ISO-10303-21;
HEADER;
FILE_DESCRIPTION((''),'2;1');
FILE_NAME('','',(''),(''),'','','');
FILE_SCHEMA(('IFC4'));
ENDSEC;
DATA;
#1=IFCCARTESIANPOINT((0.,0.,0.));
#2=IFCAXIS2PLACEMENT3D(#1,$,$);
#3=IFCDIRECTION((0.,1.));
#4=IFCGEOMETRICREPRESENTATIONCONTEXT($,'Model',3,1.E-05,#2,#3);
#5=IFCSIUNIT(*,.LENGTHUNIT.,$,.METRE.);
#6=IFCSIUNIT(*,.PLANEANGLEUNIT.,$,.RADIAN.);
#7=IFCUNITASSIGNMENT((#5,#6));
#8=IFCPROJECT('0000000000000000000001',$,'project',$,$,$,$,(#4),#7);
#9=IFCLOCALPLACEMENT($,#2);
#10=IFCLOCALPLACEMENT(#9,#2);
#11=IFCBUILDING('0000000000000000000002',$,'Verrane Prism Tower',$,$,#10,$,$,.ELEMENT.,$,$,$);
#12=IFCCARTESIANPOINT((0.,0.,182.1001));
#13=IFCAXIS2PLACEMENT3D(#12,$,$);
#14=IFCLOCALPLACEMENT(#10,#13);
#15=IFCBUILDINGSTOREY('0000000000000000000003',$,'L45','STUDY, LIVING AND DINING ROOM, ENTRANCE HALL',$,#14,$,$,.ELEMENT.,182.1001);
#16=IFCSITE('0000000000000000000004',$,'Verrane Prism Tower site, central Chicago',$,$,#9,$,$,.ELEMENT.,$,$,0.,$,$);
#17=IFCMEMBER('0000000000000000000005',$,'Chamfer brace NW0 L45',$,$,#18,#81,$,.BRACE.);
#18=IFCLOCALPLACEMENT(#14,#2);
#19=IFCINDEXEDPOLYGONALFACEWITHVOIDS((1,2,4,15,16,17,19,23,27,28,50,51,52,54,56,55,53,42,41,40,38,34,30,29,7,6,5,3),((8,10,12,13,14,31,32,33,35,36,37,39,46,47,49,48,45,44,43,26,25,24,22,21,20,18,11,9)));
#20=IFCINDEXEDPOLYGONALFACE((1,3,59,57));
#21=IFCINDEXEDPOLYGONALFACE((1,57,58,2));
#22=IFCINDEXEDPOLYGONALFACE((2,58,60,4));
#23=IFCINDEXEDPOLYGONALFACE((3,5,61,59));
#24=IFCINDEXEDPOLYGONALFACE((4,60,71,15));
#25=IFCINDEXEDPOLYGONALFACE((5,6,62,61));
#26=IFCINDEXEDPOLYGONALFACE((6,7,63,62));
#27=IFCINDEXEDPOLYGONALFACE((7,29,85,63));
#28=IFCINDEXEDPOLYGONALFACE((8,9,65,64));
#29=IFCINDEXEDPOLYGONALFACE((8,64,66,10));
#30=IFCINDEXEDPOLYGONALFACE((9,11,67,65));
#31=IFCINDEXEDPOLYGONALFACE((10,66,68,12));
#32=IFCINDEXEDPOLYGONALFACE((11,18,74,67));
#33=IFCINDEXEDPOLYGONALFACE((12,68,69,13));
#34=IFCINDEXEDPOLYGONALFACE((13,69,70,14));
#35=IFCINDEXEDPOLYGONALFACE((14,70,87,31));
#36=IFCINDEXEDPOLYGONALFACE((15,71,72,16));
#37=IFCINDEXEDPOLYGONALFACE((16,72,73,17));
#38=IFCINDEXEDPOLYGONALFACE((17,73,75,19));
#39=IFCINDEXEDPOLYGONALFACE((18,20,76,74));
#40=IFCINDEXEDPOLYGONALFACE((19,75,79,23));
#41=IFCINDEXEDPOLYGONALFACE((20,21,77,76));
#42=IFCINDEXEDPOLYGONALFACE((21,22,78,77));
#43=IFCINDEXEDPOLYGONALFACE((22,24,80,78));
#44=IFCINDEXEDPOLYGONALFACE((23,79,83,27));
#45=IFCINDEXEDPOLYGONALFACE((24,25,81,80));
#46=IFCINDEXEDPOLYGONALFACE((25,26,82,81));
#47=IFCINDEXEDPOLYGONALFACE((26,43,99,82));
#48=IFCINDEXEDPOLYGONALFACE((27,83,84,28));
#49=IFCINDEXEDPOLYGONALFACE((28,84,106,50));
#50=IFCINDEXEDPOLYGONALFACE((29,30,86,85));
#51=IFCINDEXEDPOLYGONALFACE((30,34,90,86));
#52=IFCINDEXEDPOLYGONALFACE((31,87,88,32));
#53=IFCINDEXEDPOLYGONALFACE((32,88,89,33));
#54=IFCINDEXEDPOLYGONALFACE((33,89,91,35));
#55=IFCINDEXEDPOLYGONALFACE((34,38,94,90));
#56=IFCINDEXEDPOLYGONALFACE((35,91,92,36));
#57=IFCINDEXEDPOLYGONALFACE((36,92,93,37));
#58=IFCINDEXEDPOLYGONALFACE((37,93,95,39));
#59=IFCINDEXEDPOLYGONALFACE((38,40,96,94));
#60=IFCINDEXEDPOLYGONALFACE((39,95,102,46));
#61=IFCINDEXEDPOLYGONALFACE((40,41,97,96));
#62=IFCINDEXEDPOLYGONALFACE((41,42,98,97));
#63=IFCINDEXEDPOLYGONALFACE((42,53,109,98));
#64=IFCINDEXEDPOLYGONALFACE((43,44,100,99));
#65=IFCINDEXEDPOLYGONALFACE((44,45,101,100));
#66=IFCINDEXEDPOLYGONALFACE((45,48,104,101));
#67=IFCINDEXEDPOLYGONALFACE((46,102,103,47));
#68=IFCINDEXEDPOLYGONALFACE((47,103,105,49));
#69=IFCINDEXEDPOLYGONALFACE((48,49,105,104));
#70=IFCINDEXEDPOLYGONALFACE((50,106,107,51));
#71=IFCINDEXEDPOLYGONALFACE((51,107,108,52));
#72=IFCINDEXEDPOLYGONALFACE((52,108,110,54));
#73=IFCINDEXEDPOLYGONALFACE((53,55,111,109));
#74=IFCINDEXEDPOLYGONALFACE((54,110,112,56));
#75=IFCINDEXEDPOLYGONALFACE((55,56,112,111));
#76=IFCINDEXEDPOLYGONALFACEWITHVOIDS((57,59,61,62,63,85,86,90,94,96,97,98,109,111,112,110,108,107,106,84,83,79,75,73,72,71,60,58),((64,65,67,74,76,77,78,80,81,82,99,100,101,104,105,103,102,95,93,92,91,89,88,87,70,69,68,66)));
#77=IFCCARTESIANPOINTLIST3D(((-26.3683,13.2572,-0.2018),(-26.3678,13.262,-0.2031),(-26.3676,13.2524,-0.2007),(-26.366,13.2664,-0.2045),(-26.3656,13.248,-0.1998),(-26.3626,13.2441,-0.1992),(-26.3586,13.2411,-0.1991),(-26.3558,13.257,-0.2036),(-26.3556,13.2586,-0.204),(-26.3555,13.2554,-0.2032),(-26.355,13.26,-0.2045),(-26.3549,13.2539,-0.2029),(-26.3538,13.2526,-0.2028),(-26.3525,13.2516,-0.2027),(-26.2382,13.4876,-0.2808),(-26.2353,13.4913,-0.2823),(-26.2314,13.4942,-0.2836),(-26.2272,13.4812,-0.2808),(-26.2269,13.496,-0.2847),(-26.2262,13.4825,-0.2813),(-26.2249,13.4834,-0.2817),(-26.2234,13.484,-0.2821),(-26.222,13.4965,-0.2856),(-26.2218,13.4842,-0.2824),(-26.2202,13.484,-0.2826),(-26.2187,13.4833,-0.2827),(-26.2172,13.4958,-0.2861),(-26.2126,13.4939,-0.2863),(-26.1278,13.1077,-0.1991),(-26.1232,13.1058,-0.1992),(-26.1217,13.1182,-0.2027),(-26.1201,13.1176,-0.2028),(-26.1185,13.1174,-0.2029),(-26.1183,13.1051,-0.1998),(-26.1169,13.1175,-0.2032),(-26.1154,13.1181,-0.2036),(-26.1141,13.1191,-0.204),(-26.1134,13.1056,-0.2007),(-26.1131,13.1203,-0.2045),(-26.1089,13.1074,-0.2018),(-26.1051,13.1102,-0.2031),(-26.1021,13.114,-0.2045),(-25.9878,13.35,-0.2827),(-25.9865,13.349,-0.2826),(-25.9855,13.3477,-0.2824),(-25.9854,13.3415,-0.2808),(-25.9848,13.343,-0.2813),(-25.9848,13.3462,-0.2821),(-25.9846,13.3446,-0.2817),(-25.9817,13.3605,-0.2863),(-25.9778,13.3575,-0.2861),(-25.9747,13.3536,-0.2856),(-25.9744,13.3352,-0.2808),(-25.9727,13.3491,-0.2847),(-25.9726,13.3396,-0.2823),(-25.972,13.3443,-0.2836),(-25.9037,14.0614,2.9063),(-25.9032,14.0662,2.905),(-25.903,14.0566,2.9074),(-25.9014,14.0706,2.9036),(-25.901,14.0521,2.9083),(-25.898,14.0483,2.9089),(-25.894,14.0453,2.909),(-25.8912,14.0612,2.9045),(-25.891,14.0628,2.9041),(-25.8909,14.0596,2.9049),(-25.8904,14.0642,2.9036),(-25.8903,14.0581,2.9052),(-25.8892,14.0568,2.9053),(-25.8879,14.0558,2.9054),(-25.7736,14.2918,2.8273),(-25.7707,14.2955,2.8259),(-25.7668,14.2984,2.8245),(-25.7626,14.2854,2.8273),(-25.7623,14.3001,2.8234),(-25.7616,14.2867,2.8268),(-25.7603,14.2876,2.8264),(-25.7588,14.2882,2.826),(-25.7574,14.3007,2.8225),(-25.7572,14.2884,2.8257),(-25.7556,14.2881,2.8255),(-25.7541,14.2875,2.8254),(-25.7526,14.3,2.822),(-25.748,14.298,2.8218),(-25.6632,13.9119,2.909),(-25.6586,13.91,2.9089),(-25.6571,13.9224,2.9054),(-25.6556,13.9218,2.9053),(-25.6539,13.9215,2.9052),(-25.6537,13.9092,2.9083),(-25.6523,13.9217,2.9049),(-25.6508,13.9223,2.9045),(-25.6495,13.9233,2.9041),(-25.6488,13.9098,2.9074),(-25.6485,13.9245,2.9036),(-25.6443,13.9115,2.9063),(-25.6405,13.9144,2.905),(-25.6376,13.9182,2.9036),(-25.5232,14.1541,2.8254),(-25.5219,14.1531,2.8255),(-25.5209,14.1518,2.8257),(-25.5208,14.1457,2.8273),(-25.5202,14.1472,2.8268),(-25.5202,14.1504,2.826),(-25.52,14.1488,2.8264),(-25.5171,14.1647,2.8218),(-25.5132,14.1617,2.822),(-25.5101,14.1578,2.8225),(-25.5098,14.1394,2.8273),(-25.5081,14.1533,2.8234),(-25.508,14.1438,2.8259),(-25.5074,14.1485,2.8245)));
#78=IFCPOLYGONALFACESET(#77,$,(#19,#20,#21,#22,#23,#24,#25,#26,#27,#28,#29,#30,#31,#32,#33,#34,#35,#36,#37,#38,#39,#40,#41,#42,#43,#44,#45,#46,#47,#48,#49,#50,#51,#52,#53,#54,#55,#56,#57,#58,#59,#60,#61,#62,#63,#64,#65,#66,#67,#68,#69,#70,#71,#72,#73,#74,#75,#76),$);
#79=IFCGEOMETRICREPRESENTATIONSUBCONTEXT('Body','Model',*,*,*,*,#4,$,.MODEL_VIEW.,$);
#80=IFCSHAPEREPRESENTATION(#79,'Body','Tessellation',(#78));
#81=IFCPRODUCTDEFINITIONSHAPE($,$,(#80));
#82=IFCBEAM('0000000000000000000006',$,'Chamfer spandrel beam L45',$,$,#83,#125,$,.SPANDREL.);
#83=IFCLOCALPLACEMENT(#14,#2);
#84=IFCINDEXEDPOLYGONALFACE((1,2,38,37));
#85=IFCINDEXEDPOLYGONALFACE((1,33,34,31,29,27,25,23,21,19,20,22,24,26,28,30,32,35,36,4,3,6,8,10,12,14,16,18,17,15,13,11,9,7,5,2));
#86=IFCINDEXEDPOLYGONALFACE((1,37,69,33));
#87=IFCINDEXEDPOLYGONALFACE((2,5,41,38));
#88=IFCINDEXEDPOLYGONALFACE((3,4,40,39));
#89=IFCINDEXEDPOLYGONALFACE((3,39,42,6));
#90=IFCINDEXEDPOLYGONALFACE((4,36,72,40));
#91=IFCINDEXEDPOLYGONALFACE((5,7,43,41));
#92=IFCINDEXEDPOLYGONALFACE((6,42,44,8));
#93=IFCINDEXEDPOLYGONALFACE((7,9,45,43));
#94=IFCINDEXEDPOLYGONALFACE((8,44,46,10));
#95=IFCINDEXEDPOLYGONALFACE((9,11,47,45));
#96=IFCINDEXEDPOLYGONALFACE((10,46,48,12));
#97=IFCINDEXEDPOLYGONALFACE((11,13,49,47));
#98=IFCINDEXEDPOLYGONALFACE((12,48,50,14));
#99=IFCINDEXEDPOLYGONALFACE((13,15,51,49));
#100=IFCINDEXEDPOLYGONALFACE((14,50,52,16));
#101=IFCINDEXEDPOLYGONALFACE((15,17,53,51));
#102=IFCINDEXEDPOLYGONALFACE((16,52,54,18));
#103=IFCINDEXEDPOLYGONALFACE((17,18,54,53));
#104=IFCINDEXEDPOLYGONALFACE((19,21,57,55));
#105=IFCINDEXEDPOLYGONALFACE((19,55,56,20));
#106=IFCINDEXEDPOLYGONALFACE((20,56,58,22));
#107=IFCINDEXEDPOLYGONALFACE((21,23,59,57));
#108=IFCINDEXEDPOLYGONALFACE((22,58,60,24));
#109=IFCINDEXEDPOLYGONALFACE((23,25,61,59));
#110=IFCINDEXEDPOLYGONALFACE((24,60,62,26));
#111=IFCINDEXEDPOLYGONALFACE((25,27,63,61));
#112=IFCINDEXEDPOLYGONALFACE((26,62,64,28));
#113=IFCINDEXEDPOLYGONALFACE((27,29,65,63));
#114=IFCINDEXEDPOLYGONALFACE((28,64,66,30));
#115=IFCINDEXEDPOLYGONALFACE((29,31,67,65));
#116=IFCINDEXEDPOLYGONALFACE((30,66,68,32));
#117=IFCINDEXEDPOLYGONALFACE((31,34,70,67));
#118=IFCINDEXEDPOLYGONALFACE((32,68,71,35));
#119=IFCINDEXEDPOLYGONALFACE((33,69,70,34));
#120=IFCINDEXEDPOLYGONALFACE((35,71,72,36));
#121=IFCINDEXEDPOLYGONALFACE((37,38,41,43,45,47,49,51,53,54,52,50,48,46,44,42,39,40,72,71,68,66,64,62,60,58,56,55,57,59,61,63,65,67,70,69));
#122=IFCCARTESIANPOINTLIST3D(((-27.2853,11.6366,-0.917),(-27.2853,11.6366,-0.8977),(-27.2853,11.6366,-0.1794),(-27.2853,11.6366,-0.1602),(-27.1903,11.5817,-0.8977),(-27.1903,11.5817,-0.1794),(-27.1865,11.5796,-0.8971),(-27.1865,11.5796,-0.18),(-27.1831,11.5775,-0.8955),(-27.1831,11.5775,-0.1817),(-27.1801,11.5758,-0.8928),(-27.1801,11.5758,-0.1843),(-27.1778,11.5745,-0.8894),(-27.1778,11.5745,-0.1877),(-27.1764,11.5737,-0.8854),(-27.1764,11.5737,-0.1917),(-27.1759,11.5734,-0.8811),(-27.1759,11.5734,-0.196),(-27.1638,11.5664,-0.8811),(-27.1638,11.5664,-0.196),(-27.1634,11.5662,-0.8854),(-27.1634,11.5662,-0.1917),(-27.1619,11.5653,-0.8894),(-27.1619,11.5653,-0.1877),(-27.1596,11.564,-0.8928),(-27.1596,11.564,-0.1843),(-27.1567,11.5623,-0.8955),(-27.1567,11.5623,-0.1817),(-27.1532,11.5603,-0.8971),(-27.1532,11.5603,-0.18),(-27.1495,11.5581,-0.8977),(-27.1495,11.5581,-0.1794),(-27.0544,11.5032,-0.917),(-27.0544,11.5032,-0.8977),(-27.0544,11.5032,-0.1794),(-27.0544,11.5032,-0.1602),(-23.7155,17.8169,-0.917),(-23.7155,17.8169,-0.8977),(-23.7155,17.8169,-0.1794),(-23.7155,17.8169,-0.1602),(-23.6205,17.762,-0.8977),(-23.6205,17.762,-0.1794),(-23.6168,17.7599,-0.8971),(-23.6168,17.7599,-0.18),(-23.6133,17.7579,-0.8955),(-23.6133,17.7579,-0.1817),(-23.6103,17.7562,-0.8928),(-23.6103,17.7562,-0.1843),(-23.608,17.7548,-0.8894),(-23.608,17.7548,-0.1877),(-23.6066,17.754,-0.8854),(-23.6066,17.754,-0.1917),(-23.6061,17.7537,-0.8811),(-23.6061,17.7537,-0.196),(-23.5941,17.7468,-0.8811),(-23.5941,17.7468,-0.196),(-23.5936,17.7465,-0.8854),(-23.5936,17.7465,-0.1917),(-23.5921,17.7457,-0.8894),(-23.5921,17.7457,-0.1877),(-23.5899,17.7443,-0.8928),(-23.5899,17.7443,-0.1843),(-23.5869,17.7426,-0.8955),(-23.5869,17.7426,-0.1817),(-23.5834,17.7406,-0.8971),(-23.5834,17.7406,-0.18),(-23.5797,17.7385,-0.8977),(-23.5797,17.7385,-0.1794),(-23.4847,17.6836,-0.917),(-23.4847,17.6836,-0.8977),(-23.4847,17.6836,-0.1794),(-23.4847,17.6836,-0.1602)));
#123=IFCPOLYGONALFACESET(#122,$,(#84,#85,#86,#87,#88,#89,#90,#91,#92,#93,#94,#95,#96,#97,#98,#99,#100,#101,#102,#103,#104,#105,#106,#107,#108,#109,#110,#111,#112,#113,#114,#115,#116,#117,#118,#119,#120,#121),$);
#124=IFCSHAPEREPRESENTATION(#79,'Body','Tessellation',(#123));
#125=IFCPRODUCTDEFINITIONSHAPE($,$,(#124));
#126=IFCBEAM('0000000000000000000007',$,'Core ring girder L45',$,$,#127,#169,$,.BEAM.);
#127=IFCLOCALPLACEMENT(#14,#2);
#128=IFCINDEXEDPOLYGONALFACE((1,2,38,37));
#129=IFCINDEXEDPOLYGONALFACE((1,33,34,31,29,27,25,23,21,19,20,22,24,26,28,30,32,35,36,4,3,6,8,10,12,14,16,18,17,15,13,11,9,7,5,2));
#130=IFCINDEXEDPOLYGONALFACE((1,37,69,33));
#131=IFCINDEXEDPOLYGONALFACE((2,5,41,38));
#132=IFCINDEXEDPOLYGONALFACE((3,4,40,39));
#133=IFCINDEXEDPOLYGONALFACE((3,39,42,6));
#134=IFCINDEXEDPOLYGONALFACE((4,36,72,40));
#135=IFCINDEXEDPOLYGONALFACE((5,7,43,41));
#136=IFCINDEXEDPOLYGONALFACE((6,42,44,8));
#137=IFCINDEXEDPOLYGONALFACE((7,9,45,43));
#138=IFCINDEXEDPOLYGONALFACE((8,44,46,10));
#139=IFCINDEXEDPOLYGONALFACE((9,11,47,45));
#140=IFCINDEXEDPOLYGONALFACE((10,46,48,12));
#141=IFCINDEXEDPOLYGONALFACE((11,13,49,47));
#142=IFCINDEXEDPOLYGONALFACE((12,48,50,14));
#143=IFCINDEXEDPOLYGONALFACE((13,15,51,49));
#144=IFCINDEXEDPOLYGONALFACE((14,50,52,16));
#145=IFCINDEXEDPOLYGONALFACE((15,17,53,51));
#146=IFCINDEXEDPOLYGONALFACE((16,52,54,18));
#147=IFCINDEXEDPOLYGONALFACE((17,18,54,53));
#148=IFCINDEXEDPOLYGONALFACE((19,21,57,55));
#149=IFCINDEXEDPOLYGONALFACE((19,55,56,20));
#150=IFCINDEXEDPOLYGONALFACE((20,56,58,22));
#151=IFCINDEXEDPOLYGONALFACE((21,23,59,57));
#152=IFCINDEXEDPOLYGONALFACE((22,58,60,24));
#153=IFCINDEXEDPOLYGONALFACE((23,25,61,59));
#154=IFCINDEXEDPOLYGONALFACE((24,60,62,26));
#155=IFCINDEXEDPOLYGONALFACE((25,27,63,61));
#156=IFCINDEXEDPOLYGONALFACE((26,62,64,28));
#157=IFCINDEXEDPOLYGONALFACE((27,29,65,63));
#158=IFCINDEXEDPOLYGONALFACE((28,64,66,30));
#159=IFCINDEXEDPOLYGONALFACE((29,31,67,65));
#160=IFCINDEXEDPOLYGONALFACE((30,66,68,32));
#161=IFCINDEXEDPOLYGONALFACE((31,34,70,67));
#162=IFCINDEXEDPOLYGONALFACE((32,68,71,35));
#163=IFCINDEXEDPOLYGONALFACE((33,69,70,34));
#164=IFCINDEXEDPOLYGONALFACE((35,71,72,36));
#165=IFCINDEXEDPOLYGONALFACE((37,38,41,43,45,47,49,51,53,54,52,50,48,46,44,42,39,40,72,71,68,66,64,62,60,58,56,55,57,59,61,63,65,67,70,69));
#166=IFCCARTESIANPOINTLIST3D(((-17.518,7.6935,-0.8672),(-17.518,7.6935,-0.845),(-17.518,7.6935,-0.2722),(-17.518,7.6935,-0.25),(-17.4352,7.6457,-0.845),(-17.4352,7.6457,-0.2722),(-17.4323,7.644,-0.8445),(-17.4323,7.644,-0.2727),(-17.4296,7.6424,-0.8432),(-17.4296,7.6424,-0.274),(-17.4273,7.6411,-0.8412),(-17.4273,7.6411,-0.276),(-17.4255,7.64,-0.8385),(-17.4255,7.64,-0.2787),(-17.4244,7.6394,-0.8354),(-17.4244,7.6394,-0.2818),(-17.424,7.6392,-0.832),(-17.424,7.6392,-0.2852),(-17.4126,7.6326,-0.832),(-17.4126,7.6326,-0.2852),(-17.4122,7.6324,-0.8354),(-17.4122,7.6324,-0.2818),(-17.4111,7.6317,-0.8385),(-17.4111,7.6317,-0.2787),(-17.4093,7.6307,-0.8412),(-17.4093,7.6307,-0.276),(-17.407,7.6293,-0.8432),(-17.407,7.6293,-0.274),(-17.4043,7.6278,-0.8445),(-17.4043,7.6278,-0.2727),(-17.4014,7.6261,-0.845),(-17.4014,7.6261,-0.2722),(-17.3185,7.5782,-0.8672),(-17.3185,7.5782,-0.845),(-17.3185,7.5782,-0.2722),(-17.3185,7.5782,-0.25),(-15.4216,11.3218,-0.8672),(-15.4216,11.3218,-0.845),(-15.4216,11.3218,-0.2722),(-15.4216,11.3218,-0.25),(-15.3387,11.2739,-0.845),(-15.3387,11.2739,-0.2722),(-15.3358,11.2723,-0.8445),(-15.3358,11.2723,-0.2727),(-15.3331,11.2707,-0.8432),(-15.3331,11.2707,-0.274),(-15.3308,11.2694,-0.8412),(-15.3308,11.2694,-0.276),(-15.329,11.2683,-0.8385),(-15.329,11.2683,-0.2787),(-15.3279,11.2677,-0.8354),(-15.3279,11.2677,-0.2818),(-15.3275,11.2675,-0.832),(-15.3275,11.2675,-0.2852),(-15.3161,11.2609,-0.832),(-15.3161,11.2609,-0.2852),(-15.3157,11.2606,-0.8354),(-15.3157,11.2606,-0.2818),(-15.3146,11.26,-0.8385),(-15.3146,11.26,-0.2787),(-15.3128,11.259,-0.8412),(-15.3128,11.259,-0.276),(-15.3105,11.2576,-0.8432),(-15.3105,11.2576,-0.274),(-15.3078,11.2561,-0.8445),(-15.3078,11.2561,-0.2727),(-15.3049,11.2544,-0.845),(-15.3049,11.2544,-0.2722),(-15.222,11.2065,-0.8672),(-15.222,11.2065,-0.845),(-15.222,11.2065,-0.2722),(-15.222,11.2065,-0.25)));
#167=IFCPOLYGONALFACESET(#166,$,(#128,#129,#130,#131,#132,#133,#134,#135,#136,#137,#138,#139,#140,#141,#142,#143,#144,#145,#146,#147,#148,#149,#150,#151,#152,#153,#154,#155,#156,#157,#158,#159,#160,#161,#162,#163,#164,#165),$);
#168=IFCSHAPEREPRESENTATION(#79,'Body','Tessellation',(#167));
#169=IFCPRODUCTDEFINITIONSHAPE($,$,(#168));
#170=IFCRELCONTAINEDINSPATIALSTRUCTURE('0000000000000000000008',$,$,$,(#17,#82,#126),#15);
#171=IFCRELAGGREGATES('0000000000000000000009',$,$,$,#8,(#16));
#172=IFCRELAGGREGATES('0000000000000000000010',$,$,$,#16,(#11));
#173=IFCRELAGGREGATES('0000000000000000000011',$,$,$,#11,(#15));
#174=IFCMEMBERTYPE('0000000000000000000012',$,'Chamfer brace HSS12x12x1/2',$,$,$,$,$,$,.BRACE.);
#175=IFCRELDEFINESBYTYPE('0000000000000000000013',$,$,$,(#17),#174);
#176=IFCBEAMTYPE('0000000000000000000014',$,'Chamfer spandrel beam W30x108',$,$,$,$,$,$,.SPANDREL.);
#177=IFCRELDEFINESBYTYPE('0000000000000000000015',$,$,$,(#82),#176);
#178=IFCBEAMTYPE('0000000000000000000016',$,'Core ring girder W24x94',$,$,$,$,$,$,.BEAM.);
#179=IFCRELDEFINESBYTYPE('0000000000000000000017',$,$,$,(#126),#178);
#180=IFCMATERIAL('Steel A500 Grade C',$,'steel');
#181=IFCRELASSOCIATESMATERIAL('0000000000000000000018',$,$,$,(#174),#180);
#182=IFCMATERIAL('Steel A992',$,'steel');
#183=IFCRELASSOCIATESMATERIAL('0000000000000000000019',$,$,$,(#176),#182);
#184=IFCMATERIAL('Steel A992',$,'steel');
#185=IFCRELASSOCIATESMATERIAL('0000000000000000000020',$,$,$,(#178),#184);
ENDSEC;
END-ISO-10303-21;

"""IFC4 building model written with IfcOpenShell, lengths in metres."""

from ifc_helpers import new_model, si_unit, direction, frame, origin, origin_2d, place, context, subcontext, project, spatial, hollow_rectangle, i_section, extrude, material, material_profile, profile_set, type_object, element, save


model = new_model("IFC4")

# Units and contexts
model_context = context("Model", 3, precision=1e-05, world=origin(), true_north=direction((0.0, 1.0)))
body_context = subcontext(model_context, "Body", "Model", "MODEL_VIEW")
ifc_project = project(units=[si_unit("LENGTHUNIT", "METRE"), si_unit("PLANEANGLEUNIT", "RADIAN")], contexts=[model_context])

# Site, building, storey
site_placement = place(None, origin())
site = spatial("IfcSite", under=ifc_project, at=site_placement, Name="Verrane Prism Tower site, central Chicago", CompositionType="ELEMENT", RefElevation=0.0)
building_placement = place(site_placement, origin())
building = spatial("IfcBuilding", under=site, at=building_placement, Name="Verrane Prism Tower", CompositionType="ELEMENT")
storey_placement = place(building_placement, frame((0.0, 0.0, 182.1001)))
storey = spatial("IfcBuildingStorey", under=building, at=storey_placement, Name="L45", Description="STUDY, LIVING AND DINING ROOM, ENTRANCE HALL", CompositionType="ELEMENT", Elevation=182.1001)

# Member
ifc_material_1 = material(Name="Steel A500 Grade C", Category="steel")
ifc_material_profile_1 = material_profile(ifc_material_1, hollow_rectangle(XDim=0.3047, YDim=0.3047, WallThickness=0.0127, InnerFilletRadius=0.0063, OuterFilletRadius=0.019, at=origin_2d()), Name="HSS12x12x1/2")
ifc_profile_set_1 = profile_set([ifc_material_profile_1], Name="Steel A500 Grade C")
member_type_1 = type_object("IfcMemberType", Name="Chamfer brace HSS12x12x1/2", PredefinedType="BRACE", material=ifc_profile_set_1)
member_1_placement = place(storey_placement, frame((-26.1702, 13.3008, -0.2427), z_axis=(0.14322, 0.247907, 0.958139), x_axis=(-0.865888, 0.500238, 0.0)))
element("IfcMember", 1, at=member_1_placement, inside=storey, type_object=member_type_1, Name="Chamfer brace NW0 L45", PredefinedType="BRACE", context=body_context, shape_type="SweptSolid", body=[
    extrude(hollow_rectangle(XDim=0.3047, YDim=0.3047, WallThickness=0.0127, InnerFilletRadius=0.0063, OuterFilletRadius=0.019, at=origin_2d()), origin(), (0.0, 0.0, 1.0), 3.2439),
])

# Beams
ifc_material_2 = material(Name="Steel A992", Category="steel")
ifc_material_profile_2 = material_profile(ifc_material_2, i_section(OverallWidth=0.2666, OverallDepth=0.7568, WebThickness=0.0139, FlangeThickness=0.0193, FilletRadius=0.0166, at=origin_2d()), Name="W30x108")
ifc_profile_set_2 = profile_set([ifc_material_profile_2], Name="Steel A992")
beam_type_1 = type_object("IfcBeamType", Name="Chamfer spandrel beam W30x108", PredefinedType="SPANDREL", material=ifc_profile_set_2)
beam_1_placement = place(storey_placement, frame((-23.6001, 17.7502, -0.5386), z_axis=(-0.500164, -0.865931, 0.0), x_axis=(0.865931, -0.500164, 0.0)))
element("IfcBeam", 2, at=beam_1_placement, inside=storey, type_object=beam_type_1, Name="Chamfer spandrel beam L45", PredefinedType="SPANDREL", context=body_context, shape_type="SweptSolid", body=[
    extrude(i_section(OverallWidth=0.2666, OverallDepth=0.7568, WebThickness=0.0139, FlangeThickness=0.0193, FilletRadius=0.0166, at=origin_2d()), origin(), (0.0, 0.0, 1.0), 7.1372),
])
ifc_material_3 = material(Name="Steel A992", Category="steel")
ifc_material_profile_3 = material_profile(ifc_material_3, i_section(OverallWidth=0.2305, OverallDepth=0.6172, WebThickness=0.0132, FlangeThickness=0.0222, FilletRadius=0.0129, at=origin_2d()), Name="W24x94")
ifc_profile_set_3 = profile_set([ifc_material_profile_3], Name="Steel A992")
beam_type_2 = type_object("IfcBeamType", Name="Core ring girder W24x94", PredefinedType="BEAM", material=ifc_profile_set_3)
beam_2_placement = place(storey_placement, frame((-15.3218, 11.2642, -0.5586), z_axis=(-0.500306, -0.865849, 0.0), x_axis=(0.865849, -0.500306, 0.0)))
element("IfcBeam", 3, at=beam_2_placement, inside=storey, type_object=beam_type_2, Name="Core ring girder L45", PredefinedType="BEAM", context=body_context, shape_type="SweptSolid", body=[
    extrude(i_section(OverallWidth=0.2305, OverallDepth=0.6172, WebThickness=0.0132, FlangeThickness=0.0222, FilletRadius=0.0129, at=origin_2d()), origin(), (0.0, 0.0, 1.0), 4.1904),
])

save(model, "model.ifc")
